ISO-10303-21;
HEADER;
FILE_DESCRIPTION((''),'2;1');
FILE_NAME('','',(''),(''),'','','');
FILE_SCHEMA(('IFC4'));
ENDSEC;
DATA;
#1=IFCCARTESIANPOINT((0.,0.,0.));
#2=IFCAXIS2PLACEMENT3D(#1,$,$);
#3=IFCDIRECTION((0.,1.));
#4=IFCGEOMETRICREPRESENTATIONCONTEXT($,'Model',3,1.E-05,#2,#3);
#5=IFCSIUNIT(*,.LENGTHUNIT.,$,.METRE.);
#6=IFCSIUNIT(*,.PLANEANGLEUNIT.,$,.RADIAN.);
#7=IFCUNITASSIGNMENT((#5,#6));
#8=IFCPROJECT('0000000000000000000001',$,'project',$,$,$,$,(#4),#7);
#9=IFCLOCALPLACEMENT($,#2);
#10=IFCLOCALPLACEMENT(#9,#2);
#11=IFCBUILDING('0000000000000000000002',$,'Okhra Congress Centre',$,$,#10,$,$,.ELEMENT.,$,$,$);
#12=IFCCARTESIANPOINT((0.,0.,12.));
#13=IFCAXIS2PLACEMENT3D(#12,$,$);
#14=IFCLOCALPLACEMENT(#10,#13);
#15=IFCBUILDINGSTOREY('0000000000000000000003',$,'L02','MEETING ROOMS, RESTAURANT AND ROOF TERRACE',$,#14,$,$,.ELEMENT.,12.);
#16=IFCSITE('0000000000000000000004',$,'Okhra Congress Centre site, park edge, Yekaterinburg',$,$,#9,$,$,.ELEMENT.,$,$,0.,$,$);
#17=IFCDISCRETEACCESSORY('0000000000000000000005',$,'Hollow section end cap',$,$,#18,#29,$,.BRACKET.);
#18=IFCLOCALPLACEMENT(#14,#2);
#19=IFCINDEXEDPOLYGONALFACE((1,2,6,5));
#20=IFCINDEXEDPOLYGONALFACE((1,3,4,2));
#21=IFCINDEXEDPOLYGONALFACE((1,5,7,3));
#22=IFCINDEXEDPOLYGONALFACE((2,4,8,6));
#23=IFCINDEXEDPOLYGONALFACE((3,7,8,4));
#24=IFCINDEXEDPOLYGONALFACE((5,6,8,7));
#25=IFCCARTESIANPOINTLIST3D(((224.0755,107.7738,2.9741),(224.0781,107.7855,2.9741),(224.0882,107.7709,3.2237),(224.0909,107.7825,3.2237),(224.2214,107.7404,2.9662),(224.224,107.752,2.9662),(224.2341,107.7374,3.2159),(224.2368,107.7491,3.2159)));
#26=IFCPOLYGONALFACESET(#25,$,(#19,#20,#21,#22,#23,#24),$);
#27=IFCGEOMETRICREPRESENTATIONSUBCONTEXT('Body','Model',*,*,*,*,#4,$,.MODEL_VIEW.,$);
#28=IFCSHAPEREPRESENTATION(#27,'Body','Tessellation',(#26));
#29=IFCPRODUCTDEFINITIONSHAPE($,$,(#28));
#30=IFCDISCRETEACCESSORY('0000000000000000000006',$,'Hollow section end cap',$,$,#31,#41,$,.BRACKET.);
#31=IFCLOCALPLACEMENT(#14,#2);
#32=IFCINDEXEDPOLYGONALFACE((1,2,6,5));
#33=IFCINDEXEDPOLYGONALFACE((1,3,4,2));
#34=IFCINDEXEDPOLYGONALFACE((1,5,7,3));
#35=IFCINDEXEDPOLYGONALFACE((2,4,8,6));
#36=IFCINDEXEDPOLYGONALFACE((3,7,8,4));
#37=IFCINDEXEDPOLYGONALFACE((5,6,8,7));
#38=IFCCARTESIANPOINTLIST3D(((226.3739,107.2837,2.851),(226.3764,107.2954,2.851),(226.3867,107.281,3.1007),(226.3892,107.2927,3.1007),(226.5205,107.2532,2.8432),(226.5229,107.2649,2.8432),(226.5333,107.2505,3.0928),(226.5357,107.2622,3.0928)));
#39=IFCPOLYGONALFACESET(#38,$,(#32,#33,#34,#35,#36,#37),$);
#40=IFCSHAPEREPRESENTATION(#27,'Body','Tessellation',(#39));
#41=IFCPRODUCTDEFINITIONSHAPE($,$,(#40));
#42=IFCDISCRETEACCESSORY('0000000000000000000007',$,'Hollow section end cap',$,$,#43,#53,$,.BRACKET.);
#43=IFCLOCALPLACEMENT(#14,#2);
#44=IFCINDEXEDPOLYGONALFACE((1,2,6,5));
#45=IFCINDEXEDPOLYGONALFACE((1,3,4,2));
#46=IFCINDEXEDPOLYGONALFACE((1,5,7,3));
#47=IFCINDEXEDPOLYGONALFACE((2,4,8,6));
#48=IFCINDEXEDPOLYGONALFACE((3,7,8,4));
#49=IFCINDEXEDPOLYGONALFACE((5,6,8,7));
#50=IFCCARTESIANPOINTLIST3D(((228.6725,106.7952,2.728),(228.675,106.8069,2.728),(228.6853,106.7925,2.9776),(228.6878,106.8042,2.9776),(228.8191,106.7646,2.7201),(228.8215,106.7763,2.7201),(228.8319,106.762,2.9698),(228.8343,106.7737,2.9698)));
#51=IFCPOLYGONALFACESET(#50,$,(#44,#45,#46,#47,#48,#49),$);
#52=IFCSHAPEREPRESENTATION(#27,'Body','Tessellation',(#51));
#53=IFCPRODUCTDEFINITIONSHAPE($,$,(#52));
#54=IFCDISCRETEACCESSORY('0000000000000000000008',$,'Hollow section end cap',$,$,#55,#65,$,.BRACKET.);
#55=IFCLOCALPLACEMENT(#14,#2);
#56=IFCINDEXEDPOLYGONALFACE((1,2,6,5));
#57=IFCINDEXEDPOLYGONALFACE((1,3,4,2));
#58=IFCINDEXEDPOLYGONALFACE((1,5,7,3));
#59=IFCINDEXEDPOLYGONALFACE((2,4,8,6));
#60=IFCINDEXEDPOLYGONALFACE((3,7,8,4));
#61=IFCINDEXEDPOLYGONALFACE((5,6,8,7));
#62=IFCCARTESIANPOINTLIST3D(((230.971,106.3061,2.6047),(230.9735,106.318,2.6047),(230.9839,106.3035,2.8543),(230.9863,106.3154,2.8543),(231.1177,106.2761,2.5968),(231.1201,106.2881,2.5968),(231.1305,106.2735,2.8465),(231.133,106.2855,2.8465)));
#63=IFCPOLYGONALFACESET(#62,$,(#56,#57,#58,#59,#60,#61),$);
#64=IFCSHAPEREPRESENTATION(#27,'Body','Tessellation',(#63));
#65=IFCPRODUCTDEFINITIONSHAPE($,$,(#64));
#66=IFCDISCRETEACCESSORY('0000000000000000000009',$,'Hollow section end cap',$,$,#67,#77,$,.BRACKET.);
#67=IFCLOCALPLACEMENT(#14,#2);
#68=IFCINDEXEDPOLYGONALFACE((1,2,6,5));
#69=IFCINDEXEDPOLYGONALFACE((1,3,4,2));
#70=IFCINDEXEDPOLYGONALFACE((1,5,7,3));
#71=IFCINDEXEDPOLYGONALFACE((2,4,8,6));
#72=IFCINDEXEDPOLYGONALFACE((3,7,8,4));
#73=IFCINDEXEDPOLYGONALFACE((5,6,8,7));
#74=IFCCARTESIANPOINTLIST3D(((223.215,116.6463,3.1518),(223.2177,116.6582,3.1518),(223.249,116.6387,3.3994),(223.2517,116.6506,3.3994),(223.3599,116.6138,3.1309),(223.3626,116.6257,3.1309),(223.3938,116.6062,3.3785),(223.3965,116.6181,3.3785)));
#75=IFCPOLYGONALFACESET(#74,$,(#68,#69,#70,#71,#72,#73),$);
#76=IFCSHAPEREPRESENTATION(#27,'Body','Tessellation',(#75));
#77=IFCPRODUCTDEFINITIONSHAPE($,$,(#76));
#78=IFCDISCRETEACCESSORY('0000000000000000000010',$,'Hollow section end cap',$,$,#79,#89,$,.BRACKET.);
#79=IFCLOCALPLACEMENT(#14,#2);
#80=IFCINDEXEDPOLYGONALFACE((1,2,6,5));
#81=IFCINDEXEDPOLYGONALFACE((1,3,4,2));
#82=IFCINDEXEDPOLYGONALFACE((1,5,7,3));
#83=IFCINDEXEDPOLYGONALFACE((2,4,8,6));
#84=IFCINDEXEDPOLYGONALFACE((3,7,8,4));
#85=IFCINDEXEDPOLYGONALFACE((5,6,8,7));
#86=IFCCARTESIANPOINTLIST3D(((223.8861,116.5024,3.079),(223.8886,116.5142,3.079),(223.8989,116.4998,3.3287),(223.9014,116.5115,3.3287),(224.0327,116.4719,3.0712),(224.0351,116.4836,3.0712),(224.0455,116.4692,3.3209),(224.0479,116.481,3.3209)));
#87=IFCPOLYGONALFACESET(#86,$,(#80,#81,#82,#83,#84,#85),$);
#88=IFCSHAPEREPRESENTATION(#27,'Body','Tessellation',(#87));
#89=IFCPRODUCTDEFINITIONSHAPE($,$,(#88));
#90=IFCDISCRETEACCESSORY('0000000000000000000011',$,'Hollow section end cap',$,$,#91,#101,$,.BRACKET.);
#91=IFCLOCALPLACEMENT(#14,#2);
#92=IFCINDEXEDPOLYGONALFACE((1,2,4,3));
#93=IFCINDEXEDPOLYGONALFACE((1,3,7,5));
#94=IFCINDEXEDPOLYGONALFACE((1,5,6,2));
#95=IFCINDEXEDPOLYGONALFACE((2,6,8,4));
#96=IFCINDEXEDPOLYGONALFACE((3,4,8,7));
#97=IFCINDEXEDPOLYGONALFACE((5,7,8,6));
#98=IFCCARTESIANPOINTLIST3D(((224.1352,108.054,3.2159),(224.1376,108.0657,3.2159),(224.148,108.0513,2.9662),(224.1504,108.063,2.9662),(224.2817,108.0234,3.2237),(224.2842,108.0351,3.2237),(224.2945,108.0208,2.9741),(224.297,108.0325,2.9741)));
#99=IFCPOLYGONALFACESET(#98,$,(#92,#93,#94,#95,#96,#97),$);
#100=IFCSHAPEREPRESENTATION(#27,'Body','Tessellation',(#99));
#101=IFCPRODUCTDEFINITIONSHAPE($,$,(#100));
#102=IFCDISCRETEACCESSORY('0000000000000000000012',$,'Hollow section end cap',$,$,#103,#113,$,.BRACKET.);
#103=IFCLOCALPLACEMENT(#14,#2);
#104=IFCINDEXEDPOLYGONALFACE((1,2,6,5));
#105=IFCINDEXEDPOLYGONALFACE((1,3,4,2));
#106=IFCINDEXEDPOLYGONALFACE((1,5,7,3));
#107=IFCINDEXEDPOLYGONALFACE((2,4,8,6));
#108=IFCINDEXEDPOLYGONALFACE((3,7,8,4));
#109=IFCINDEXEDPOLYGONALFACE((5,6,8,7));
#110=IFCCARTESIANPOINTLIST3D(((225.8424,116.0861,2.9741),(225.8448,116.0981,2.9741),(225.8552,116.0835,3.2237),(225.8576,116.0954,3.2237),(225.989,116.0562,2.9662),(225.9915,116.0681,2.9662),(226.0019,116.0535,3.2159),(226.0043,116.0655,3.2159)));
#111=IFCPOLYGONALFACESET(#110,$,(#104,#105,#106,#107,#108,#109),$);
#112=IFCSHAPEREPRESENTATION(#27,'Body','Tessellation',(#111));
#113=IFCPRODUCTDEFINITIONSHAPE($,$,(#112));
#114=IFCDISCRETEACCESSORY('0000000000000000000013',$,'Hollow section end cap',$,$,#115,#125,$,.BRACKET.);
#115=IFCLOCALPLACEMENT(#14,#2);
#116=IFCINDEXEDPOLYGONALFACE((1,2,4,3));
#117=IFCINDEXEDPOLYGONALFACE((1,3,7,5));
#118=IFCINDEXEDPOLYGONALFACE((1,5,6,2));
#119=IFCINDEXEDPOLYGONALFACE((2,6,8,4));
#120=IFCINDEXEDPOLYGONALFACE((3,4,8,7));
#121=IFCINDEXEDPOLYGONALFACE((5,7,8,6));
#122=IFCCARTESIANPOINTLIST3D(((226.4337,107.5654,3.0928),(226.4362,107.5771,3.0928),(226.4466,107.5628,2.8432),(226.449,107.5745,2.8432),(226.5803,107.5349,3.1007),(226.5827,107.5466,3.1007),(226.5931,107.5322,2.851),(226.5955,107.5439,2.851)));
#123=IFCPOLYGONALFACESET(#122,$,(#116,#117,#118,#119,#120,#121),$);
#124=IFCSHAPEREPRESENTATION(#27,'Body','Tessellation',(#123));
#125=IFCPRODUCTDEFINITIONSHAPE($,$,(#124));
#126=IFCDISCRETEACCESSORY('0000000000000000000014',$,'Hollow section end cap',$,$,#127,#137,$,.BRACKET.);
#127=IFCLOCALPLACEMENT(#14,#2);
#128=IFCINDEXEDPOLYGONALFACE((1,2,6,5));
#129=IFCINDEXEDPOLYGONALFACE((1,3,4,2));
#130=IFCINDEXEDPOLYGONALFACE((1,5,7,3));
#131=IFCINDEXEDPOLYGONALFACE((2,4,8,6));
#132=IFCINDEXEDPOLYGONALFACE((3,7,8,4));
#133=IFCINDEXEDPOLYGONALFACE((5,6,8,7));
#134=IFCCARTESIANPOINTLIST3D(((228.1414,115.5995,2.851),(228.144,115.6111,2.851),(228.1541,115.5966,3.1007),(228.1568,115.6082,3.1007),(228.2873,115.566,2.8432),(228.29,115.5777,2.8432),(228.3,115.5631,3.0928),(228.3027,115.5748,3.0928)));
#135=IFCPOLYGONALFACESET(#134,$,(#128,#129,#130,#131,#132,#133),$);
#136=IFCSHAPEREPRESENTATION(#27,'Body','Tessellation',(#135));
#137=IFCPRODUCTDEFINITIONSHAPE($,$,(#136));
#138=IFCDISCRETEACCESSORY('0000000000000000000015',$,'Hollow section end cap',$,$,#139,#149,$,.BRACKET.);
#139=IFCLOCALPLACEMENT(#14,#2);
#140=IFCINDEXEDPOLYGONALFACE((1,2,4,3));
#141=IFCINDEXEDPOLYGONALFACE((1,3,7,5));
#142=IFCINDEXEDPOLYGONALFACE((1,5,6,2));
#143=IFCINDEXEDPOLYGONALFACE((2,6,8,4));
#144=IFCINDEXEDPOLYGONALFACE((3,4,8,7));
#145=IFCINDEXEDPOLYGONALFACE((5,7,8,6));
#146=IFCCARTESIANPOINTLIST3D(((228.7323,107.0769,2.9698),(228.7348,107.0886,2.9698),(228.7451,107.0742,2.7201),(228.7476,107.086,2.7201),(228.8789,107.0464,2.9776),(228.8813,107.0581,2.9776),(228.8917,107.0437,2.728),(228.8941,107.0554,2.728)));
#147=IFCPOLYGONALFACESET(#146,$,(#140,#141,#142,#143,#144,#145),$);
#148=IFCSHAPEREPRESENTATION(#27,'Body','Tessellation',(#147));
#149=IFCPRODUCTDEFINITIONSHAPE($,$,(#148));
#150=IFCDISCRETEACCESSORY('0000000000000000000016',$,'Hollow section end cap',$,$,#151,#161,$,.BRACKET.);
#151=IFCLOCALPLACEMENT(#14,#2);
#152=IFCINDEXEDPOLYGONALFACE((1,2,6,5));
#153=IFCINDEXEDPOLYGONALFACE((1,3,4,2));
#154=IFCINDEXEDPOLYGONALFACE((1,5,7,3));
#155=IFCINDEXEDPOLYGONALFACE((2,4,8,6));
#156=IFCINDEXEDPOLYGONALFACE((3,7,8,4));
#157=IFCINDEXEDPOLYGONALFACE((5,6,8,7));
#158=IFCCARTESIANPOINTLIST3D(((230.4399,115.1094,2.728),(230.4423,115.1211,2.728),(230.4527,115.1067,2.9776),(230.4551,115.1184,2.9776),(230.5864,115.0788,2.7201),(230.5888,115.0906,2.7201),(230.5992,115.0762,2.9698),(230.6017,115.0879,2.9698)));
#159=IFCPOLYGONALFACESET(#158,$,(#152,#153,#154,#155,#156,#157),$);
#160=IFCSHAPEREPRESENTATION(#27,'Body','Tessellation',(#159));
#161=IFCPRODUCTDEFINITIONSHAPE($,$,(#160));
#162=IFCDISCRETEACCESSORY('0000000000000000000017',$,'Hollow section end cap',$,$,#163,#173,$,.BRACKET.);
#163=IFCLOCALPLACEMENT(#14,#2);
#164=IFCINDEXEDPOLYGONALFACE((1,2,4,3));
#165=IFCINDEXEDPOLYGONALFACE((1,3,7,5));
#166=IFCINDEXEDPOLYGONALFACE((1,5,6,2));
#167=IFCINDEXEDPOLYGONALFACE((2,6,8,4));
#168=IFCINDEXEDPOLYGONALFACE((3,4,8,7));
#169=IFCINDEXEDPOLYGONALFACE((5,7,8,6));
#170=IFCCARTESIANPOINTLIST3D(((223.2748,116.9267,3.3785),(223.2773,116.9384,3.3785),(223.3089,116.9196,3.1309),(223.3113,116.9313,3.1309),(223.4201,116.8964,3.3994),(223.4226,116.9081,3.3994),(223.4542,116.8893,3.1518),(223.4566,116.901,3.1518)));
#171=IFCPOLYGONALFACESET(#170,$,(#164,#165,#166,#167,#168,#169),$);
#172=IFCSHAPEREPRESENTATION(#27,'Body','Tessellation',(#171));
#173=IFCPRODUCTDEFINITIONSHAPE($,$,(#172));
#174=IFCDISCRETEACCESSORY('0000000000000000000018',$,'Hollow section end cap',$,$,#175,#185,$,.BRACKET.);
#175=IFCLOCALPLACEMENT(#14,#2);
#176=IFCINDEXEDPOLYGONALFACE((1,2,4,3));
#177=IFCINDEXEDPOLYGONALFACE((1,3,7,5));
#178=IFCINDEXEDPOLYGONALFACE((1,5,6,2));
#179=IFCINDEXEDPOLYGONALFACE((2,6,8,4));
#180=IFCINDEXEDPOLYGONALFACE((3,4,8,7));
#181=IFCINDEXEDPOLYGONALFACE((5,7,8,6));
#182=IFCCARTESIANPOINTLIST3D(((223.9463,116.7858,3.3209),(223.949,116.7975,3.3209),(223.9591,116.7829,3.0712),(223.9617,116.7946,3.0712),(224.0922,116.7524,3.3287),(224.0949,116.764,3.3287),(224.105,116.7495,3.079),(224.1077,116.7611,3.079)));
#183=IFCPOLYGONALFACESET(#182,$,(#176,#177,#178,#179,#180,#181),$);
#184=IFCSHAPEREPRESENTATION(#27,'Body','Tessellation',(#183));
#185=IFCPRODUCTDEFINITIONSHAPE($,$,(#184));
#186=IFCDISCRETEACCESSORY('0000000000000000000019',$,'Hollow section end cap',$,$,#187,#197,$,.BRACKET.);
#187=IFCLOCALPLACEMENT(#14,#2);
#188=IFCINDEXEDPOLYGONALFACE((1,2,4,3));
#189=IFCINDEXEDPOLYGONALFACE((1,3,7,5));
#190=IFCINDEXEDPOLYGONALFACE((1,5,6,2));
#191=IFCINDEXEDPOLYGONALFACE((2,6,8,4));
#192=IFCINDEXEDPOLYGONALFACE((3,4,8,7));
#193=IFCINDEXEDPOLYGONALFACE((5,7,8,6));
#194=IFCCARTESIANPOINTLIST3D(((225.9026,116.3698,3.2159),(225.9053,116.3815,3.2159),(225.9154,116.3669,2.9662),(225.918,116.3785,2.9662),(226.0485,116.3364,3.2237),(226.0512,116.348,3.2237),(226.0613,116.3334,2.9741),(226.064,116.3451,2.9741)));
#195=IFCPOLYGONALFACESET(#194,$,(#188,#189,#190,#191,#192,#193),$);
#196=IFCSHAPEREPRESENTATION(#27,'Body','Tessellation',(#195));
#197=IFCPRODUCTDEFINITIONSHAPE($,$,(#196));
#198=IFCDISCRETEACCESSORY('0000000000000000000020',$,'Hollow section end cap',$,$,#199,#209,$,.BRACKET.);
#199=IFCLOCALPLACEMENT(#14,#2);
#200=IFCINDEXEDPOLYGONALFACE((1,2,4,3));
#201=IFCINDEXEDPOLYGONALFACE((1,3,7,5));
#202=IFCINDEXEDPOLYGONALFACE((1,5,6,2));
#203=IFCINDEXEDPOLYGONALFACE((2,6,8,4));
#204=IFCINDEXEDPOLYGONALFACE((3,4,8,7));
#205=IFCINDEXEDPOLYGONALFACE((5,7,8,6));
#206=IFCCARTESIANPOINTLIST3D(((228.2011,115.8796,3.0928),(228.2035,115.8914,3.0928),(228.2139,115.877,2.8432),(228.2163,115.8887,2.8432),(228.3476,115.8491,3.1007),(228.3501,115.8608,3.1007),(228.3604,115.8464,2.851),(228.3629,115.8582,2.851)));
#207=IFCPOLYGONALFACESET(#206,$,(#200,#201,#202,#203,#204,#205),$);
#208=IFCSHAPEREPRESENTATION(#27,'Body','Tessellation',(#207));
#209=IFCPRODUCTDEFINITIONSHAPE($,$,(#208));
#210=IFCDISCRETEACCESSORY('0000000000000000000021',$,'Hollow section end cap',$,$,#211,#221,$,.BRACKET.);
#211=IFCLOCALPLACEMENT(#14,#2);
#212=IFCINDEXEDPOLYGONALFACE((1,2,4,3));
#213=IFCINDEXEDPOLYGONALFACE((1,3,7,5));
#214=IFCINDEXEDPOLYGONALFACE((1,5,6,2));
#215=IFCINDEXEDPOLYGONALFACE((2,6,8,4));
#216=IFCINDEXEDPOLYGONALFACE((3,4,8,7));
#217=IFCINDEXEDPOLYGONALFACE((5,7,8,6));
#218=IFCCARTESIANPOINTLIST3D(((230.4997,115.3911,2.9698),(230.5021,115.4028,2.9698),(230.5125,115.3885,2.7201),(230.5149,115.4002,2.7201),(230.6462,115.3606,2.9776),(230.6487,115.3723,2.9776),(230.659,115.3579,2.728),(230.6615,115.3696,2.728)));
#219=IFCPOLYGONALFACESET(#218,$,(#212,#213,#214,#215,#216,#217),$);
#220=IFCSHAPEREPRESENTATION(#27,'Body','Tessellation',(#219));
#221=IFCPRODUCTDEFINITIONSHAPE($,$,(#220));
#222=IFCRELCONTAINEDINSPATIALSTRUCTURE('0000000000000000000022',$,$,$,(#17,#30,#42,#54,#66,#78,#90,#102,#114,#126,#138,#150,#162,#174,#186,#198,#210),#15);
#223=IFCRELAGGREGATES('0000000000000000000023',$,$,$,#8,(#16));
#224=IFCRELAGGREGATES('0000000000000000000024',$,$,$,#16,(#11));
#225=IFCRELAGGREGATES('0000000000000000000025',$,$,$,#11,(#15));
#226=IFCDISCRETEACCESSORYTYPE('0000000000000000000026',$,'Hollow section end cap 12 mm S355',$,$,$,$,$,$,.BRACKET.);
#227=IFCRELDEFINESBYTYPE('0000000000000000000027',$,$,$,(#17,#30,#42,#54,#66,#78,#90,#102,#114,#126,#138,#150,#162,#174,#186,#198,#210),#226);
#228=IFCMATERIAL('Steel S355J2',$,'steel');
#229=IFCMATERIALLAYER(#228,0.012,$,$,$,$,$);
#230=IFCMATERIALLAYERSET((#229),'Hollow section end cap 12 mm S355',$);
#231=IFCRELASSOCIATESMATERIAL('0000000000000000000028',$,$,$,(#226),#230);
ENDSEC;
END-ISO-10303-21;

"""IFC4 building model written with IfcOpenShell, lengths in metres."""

from ifc_helpers import new_model, si_unit, direction, frame, origin, origin_2d, place, context, subcontext, project, spatial, rectangle, extrude, material, layer, layer_set, type_object, element, save


model = new_model("IFC4")

# Units and contexts
model_context = context("Model", 3, precision=1e-05, world=origin(), true_north=direction((0.0, 1.0)))
body_context = subcontext(model_context, "Body", "Model", "MODEL_VIEW")
ifc_project = project(units=[si_unit("LENGTHUNIT", "METRE"), si_unit("PLANEANGLEUNIT", "RADIAN")], contexts=[model_context])

# Site, building, storey
site_placement = place(None, origin())
site = spatial("IfcSite", under=ifc_project, at=site_placement, Name="Okhra Congress Centre site, park edge, Yekaterinburg", CompositionType="ELEMENT", RefElevation=0.0)
building_placement = place(site_placement, origin())
building = spatial("IfcBuilding", under=site, at=building_placement, Name="Okhra Congress Centre", CompositionType="ELEMENT")
storey_placement = place(building_placement, frame((0.0, 0.0, 12.0)))
storey = spatial("IfcBuildingStorey", under=building, at=storey_placement, Name="L02", Description="MEETING ROOMS, RESTAURANT AND ROOF TERRACE", CompositionType="ELEMENT", Elevation=12.0)

# Shared definitions
ifc_material_1 = material(Name="Steel S355J2", Category="steel")

# Discrete accessories
ifc_layer_1 = layer(ifc_material_1, 0.012)
ifc_layer_set_1 = layer_set([ifc_layer_1], Name="Hollow section end cap 12 mm S355")
discrete_accessory_type = type_object("IfcDiscreteAccessoryType", Name="Hollow section end cap 12 mm S355", PredefinedType="BRACKET", material=ifc_layer_set_1)
for number, where, z_axis, x_axis, name in (
    (1, (224.1548, 107.7556, 3.095), (0.223376, 0.974732, 0.0), (-0.973396, 0.22307, 0.052336), "Hollow section end cap"),
    (2, (226.4536, 107.2671, 2.9719), (0.203954, 0.97898, 0.0), (-0.977639, 0.203675, 0.052336), "Hollow section end cap"),
    (3, (228.7522, 106.7786, 2.8489), (0.203954, 0.97898, 0.0), (-0.977639, 0.203675, 0.052336), "Hollow section end cap"),
):
    element("IfcDiscreteAccessory", number, at=place(storey_placement, frame(where, z_axis=z_axis, x_axis=x_axis)), inside=storey, type_object=discrete_accessory_type, Name=name, PredefinedType="BRACKET", context=body_context, shape_type="SweptSolid", body=[
        extrude(rectangle(XDim=0.1499, YDim=0.25, at=origin_2d()), origin(), (0.0, 0.0, 1.0), 0.012),
    ])
for number, where, z_axis, x_axis, name in (
    (4, (231.0508, 106.2898, 2.7256), (0.19996, 0.979804, 0.0), (-0.978461, 0.199686, 0.052336), "Hollow section end cap"),
    (5, (223.3044, 116.6262, 3.2651), (0.219038, 0.975716, 0.0), (-0.966221, 0.216907, 0.139173), "Hollow section end cap"),
):
    element("IfcDiscreteAccessory", number, at=place(storey_placement, frame(where, z_axis=z_axis, x_axis=x_axis)), inside=storey, type_object=discrete_accessory_type, Name=name, PredefinedType="BRACKET", context=body_context, shape_type="SweptSolid", body=[
        extrude(rectangle(XDim=0.1499, YDim=0.25, at=origin_2d()), origin(), (0.0, 0.0, 1.0), 0.0122),
    ])
for number, where, z_axis, x_axis, name in (
    (6, (223.9658, 116.4858, 3.2), (0.203954, 0.97898, 0.0), (-0.977639, 0.203675, 0.052336), "Hollow section end cap"),
    (7, (224.2173, 108.0491, 3.095), (-0.203954, -0.97898, 0.0), (0.977639, -0.203675, 0.052336), "Hollow section end cap"),
):
    element("IfcDiscreteAccessory", number, at=place(storey_placement, frame(where, z_axis=z_axis, x_axis=x_axis)), inside=storey, type_object=discrete_accessory_type, Name=name, PredefinedType="BRACKET", context=body_context, shape_type="SweptSolid", body=[
        extrude(rectangle(XDim=0.1499, YDim=0.25, at=origin_2d()), origin(), (0.0, 0.0, 1.0), 0.012),
    ])
discrete_accessory_placement = place(storey_placement, frame((225.9221, 116.0698, 3.095), z_axis=(0.19996, 0.979804, 0.0), x_axis=(-0.978461, 0.199686, 0.052336)))
element("IfcDiscreteAccessory", 8, at=discrete_accessory_placement, inside=storey, type_object=discrete_accessory_type, Name="Hollow section end cap", PredefinedType="BRACKET", context=body_context, shape_type="SweptSolid", body=[
    extrude(rectangle(XDim=0.1499, YDim=0.25, at=origin_2d()), origin(), (0.0, 0.0, 1.0), 0.0122),
])
for number, where, z_axis, x_axis, name in (
    (9, (226.5159, 107.5605, 2.9719), (-0.203954, -0.97898, 0.0), (0.977639, -0.203675, 0.052336), "Hollow section end cap"),
    (10, (228.2207, 115.5813, 2.9719), (0.223376, 0.974732, 0.0), (-0.973396, 0.22307, 0.052336), "Hollow section end cap"),
    (11, (228.8145, 107.072, 2.8489), (-0.203954, -0.97898, 0.0), (0.977639, -0.203675, 0.052336), "Hollow section end cap"),
    (12, (230.5195, 115.0928, 2.8489), (0.203954, 0.97898, 0.0), (-0.977639, 0.203675, 0.052336), "Hollow section end cap"),
    (13, (223.3669, 116.9197, 3.2651), (-0.203954, -0.97898, 0.0), (0.969453, -0.201969, 0.139173), "Hollow section end cap"),
    (14, (224.0283, 116.7793, 3.2), (-0.223376, -0.974732, 0.0), (0.973396, -0.22307, 0.052336), "Hollow section end cap"),
    (15, (225.9846, 116.3633, 3.095), (-0.223376, -0.974732, 0.0), (0.973396, -0.22307, 0.052336), "Hollow section end cap"),
    (16, (228.2832, 115.8748, 2.9719), (-0.203954, -0.97898, 0.0), (0.977639, -0.203675, 0.052336), "Hollow section end cap"),
    (17, (230.5818, 115.3862, 2.8489), (-0.203954, -0.97898, 0.0), (0.977639, -0.203675, 0.052336), "Hollow section end cap"),
):
    element("IfcDiscreteAccessory", number, at=place(storey_placement, frame(where, z_axis=z_axis, x_axis=x_axis)), inside=storey, type_object=discrete_accessory_type, Name=name, PredefinedType="BRACKET", context=body_context, shape_type="SweptSolid", body=[
        extrude(rectangle(XDim=0.1499, YDim=0.25, at=origin_2d()), origin(), (0.0, 0.0, 1.0), 0.012),
    ])

save(model, "model.ifc")
